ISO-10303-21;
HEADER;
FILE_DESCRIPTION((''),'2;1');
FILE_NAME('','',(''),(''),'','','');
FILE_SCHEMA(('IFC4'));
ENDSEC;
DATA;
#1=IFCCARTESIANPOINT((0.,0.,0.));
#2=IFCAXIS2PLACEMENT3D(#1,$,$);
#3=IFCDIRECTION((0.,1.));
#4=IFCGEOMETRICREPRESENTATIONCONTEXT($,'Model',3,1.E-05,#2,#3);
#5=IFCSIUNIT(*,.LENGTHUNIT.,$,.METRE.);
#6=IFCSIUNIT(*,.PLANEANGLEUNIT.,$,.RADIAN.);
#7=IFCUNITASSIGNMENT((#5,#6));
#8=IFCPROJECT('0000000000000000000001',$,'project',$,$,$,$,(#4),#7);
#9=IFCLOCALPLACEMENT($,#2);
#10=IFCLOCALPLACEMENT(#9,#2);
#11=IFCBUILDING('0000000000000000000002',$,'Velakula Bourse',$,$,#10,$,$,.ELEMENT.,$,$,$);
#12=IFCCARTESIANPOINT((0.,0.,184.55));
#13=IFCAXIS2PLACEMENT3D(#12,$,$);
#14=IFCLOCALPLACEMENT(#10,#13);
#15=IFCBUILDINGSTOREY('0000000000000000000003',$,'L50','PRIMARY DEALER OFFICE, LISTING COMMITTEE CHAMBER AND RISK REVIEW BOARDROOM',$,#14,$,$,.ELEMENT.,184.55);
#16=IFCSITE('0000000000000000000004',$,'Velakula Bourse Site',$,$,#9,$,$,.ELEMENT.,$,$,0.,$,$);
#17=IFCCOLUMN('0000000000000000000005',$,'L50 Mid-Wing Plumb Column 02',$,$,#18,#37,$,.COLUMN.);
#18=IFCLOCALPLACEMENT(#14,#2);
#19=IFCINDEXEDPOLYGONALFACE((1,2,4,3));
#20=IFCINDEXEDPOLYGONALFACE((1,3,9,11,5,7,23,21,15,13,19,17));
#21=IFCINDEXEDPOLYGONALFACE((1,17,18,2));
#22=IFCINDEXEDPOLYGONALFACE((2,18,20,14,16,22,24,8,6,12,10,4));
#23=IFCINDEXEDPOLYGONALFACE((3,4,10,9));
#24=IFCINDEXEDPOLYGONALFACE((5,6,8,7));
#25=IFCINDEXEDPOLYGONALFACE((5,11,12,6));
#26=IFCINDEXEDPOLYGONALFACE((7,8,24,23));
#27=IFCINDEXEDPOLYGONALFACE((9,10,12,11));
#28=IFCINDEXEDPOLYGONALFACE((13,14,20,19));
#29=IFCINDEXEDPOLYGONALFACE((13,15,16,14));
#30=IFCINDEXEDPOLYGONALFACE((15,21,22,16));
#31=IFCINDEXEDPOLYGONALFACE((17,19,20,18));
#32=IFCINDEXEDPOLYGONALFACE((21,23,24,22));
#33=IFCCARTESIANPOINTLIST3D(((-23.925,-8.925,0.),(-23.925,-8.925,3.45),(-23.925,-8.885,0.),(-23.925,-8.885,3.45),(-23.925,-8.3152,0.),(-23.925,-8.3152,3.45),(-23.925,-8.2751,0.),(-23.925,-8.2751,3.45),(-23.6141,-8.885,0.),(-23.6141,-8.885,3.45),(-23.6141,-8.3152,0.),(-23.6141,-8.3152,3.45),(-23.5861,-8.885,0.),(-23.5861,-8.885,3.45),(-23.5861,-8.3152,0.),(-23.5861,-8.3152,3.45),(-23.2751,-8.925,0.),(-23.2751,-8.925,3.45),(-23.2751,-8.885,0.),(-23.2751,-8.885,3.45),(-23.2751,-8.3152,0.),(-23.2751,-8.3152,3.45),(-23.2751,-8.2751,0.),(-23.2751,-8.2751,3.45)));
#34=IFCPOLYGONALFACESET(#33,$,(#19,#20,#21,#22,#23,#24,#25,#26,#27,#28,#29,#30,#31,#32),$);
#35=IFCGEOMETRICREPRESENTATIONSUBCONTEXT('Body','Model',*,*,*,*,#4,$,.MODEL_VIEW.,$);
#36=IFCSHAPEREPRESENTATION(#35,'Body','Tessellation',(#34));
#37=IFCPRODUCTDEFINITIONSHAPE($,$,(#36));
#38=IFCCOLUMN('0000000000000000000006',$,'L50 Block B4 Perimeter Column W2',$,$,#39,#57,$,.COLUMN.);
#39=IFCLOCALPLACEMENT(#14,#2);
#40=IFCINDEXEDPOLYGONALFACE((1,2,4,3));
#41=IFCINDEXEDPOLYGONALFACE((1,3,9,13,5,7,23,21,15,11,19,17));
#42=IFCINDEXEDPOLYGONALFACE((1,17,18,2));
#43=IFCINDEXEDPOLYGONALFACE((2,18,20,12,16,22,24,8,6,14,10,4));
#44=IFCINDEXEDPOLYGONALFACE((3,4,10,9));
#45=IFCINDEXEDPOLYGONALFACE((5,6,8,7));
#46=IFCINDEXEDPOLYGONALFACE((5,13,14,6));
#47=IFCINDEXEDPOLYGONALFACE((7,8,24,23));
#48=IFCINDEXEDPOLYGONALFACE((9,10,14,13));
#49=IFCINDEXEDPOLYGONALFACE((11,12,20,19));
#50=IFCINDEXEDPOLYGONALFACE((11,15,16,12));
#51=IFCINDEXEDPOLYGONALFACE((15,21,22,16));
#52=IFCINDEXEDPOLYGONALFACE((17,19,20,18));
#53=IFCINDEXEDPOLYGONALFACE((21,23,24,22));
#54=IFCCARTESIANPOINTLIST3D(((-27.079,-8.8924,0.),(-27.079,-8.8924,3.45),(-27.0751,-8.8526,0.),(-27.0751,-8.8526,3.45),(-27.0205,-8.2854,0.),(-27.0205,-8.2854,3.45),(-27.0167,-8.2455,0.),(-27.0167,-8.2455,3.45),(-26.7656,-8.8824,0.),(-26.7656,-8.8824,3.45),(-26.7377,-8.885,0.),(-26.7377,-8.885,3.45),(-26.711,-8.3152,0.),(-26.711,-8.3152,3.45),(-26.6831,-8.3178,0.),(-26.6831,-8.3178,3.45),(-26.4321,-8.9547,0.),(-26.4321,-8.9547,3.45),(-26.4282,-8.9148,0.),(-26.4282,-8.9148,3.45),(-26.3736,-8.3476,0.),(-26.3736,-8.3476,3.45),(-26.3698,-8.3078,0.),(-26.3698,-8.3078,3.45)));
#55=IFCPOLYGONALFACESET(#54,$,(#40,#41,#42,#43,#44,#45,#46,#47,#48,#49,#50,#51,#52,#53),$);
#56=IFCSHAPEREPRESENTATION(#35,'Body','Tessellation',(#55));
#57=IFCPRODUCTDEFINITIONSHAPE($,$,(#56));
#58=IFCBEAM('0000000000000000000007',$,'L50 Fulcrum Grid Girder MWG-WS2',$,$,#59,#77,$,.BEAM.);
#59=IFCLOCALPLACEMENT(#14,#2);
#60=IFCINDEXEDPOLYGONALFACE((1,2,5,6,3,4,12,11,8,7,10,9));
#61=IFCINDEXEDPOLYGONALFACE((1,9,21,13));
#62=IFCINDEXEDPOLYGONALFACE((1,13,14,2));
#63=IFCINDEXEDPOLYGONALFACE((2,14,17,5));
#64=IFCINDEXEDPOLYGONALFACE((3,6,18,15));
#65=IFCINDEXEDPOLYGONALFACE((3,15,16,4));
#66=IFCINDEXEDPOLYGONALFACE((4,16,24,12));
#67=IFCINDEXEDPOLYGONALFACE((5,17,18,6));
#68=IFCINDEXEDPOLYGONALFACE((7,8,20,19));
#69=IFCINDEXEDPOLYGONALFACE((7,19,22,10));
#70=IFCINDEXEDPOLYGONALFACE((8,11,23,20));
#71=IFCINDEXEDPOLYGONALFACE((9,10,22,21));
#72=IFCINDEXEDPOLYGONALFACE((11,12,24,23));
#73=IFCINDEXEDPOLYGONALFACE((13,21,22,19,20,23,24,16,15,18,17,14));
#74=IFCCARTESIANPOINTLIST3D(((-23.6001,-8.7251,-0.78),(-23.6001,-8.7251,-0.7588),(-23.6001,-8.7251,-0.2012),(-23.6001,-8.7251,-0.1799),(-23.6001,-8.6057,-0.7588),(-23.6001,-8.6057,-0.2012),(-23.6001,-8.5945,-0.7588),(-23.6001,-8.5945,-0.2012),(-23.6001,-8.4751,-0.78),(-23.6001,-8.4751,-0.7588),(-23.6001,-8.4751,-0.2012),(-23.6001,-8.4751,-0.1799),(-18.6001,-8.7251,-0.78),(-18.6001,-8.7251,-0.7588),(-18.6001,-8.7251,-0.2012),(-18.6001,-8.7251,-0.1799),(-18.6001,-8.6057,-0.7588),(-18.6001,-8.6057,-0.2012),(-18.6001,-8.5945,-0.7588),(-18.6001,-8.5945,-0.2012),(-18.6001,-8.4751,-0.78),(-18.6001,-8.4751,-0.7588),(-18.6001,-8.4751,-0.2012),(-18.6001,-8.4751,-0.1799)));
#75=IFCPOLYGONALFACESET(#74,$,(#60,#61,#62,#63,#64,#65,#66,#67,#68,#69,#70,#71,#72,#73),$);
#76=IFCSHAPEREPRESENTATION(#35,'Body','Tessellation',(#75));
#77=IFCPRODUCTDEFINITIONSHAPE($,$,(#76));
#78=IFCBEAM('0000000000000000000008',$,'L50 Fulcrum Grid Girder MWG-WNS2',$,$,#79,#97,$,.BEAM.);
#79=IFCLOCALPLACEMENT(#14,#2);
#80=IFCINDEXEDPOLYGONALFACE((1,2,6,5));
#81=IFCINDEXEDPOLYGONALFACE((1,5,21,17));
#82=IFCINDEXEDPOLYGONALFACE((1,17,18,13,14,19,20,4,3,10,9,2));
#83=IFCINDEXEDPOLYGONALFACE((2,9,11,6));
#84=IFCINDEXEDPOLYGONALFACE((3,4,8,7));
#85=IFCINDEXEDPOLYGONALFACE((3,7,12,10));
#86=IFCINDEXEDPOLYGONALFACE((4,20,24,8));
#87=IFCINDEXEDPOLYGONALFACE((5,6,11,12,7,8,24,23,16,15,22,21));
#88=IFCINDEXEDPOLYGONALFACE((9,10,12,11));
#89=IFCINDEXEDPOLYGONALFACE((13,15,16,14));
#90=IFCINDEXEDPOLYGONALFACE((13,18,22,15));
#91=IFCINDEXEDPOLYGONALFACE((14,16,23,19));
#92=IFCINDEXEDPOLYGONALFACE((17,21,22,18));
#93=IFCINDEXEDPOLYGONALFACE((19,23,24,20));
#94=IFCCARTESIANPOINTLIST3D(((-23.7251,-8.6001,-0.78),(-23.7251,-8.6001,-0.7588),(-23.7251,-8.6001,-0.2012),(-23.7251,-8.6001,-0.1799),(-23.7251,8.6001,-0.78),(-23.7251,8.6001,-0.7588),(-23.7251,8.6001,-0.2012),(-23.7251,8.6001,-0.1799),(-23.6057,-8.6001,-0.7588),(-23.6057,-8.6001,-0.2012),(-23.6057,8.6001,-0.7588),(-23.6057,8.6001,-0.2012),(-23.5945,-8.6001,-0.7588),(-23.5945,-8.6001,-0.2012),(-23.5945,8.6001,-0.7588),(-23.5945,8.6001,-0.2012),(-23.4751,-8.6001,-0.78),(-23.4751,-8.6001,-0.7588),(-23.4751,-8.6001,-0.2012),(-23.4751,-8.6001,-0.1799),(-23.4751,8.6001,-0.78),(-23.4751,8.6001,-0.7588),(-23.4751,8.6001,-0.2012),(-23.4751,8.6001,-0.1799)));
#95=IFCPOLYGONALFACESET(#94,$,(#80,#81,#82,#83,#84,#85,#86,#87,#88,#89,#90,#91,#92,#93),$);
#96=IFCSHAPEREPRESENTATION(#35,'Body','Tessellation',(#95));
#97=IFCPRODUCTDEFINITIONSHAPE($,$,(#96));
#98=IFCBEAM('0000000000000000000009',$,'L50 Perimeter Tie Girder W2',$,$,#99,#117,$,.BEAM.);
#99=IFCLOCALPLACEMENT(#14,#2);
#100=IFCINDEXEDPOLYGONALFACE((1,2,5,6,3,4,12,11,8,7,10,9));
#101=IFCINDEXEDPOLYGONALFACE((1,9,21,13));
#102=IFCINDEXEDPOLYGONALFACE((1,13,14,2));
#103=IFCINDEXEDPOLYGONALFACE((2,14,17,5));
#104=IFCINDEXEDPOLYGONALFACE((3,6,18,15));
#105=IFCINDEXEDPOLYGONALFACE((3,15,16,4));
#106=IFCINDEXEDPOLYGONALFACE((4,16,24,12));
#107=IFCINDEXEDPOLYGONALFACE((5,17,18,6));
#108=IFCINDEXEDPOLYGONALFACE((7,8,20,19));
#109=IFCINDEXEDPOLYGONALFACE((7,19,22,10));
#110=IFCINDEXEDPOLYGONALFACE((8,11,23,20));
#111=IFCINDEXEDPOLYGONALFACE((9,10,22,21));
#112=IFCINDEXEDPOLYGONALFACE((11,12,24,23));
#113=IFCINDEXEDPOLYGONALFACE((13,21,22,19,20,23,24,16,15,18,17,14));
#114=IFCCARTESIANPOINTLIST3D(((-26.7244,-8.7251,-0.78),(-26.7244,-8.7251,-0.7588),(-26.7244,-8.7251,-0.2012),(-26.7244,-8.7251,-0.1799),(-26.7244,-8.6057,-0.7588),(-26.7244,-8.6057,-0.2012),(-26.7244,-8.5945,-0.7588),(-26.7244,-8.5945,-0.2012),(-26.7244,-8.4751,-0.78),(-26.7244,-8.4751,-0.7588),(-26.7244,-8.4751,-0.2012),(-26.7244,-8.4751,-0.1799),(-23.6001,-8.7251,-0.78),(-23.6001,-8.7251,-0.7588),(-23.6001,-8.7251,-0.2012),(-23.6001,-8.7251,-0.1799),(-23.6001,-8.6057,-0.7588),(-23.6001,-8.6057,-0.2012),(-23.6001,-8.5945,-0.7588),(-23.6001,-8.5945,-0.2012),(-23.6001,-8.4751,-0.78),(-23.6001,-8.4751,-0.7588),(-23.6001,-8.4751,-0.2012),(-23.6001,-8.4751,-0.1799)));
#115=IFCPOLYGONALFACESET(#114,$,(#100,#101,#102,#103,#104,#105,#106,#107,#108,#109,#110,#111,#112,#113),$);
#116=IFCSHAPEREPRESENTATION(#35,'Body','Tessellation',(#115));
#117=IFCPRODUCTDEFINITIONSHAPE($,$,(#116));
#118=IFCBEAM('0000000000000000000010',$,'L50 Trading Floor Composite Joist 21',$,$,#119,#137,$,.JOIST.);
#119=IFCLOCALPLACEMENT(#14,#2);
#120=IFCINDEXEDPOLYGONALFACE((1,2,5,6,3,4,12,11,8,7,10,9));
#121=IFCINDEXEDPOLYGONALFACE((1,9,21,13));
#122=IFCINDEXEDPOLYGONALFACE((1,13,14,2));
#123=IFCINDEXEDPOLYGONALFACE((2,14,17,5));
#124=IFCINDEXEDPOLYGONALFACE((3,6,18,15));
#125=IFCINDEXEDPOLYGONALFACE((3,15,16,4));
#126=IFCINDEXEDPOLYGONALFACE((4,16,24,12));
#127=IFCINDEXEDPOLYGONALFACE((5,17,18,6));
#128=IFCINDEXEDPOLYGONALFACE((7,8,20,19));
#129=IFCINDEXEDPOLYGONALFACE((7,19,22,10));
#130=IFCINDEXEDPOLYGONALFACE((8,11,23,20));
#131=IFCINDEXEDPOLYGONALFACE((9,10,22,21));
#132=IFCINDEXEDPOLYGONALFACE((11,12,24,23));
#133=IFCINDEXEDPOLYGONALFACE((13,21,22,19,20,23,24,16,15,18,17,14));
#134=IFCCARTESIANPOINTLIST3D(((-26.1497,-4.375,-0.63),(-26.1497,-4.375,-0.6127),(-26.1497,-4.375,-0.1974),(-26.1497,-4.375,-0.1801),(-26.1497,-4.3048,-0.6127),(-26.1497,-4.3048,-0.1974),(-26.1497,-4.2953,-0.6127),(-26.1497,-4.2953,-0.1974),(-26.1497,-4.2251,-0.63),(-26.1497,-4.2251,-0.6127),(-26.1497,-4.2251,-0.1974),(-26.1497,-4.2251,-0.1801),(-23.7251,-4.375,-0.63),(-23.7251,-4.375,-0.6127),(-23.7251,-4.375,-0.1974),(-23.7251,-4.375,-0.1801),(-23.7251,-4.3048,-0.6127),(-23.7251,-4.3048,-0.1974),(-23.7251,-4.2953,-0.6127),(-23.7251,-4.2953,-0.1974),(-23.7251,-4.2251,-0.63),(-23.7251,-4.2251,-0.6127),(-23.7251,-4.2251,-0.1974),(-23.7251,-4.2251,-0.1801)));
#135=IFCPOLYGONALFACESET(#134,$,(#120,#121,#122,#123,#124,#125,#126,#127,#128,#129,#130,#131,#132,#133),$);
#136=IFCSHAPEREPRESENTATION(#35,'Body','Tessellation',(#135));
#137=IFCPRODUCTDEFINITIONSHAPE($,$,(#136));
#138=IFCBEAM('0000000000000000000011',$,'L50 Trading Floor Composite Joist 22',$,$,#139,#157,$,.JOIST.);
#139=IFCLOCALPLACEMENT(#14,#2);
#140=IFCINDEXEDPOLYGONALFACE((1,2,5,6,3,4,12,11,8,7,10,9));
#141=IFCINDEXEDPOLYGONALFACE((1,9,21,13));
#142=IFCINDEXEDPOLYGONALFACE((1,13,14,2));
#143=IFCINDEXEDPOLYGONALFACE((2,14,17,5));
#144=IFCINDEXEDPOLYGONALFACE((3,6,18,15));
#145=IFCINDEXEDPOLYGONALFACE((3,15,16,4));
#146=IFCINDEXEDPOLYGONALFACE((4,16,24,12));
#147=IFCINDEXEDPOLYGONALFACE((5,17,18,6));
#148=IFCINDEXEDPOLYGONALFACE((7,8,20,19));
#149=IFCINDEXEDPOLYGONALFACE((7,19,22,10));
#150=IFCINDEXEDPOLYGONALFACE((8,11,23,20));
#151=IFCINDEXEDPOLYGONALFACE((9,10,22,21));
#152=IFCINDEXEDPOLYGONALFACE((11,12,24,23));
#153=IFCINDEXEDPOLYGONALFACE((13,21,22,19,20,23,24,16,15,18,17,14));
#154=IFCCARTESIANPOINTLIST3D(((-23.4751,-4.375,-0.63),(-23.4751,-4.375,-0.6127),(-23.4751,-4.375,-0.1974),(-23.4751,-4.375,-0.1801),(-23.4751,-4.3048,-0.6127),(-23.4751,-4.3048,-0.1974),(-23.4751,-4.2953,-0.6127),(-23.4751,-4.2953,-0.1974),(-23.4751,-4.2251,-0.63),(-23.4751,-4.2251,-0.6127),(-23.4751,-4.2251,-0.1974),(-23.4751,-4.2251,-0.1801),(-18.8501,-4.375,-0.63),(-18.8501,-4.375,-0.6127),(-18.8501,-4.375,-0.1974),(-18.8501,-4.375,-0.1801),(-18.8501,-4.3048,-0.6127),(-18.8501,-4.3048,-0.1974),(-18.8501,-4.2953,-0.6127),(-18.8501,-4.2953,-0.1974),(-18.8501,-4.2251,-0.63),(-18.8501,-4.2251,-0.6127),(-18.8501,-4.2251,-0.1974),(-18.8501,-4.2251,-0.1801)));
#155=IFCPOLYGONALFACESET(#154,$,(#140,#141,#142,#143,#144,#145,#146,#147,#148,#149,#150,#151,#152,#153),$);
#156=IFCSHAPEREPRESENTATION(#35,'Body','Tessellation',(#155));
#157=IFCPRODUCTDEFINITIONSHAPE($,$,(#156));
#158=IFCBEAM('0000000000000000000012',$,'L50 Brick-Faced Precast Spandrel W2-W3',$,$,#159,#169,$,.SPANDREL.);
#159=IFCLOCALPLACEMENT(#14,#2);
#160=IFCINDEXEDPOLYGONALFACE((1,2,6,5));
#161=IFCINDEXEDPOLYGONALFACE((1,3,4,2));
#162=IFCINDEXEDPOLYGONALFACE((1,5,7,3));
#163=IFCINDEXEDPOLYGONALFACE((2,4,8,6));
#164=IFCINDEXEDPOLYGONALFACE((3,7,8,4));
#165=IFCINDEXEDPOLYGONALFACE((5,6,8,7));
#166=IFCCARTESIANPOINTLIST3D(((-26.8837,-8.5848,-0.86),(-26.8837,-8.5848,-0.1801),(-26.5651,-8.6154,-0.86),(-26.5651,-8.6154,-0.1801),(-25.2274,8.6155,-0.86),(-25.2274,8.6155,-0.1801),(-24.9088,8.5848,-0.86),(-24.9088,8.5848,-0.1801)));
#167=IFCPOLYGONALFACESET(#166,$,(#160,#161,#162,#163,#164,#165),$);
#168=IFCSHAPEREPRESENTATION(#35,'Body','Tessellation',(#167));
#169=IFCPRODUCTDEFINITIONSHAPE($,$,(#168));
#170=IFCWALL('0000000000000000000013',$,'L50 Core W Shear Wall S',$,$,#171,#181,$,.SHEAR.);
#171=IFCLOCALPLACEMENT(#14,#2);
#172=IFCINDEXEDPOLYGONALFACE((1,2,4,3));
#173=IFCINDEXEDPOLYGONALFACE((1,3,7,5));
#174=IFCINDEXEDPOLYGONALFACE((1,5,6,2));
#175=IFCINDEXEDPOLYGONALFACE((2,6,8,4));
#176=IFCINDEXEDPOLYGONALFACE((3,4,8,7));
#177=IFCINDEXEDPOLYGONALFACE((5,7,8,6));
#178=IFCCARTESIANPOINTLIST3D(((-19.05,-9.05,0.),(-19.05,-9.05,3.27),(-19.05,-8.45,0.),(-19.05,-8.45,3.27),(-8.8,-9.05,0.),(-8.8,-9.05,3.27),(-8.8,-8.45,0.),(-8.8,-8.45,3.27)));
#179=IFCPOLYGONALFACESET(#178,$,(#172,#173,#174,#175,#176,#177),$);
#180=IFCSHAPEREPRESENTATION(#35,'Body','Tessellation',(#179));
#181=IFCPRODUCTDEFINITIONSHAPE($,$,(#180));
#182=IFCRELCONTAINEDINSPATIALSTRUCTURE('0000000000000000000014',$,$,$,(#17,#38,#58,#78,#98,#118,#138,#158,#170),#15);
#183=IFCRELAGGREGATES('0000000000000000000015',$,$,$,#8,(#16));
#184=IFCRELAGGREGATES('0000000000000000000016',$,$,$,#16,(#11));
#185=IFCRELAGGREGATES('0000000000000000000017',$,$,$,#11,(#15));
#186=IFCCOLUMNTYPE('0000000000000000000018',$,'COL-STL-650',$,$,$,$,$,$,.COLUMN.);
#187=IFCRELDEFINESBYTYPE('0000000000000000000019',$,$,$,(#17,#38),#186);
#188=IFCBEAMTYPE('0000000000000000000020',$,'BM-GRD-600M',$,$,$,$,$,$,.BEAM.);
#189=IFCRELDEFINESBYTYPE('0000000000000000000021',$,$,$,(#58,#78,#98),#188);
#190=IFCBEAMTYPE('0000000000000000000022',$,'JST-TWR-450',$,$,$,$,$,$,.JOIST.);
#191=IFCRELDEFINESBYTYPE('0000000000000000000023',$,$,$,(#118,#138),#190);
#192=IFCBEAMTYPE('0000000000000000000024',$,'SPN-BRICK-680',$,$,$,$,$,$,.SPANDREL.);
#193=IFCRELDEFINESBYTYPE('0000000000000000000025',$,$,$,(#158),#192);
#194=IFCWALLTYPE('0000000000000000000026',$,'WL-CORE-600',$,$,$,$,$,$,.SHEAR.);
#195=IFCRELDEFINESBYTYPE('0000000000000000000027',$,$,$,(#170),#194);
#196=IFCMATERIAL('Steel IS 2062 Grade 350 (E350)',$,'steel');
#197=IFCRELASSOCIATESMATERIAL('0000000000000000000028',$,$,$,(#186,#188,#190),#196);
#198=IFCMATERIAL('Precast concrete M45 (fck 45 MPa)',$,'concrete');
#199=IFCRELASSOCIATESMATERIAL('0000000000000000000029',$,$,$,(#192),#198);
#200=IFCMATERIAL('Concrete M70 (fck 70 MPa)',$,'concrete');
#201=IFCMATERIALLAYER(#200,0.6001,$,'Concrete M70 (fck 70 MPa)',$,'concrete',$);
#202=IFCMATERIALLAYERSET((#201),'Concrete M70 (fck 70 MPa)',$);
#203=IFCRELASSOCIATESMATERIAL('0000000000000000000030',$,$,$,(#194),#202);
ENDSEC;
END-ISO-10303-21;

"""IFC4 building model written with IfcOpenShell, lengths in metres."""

from ifc_helpers import new_model, si_unit, direction, frame, frame_2d, origin, origin_2d, place, context, subcontext, project, spatial, rectangle, i_section, extrude, material, layer, layer_set, material_profile, profile_set, type_object, element, save


model = new_model("IFC4")

# Units and contexts
model_context = context("Model", 3, precision=1e-05, world=origin(), true_north=direction((0.0, 1.0)))
body_context = subcontext(model_context, "Body", "Model", "MODEL_VIEW")
ifc_project = project(units=[si_unit("LENGTHUNIT", "METRE"), si_unit("PLANEANGLEUNIT", "RADIAN")], contexts=[model_context])

# Site, building, storey
site_placement = place(None, origin())
site = spatial("IfcSite", under=ifc_project, at=site_placement, Name="Velakula Bourse Site", CompositionType="ELEMENT", RefElevation=0.0)
building_placement = place(site_placement, origin())
building = spatial("IfcBuilding", under=site, at=building_placement, Name="Velakula Bourse", CompositionType="ELEMENT")
storey_placement = place(building_placement, frame((0.0, 0.0, 184.55)))
storey = spatial("IfcBuildingStorey", under=building, at=storey_placement, Name="L50", Description="PRIMARY DEALER OFFICE, LISTING COMMITTEE CHAMBER AND RISK REVIEW BOARDROOM", CompositionType="ELEMENT", Elevation=184.55)

# Columns
ifc_material_1 = material(Name="Steel IS 2062 Grade 350 (E350)", Category="steel")
ifc_material_profile_1 = material_profile(ifc_material_1, i_section(OverallWidth=0.6499, OverallDepth=0.6499, WebThickness=0.0281, FlangeThickness=0.04, at=origin_2d()), Name="Steel IS 2062 Grade 350 (E350)")
ifc_profile_set_1 = profile_set([ifc_material_profile_1], Name="Steel IS 2062 Grade 350 (E350)")
column_type = type_object("IfcColumnType", Name="COL-STL-650", PredefinedType="COLUMN", material=ifc_profile_set_1)
for number, where, z_axis, x_axis, name in (
    (1, (-23.6001, -8.6001, 0.0), (0.0, 0.0, 1.0), (1.0, 0.0, 0.0), "L50 Mid-Wing Plumb Column 02"),
    (2, (-26.7244, -8.6001, 0.0), (0.0, 0.0, 1.0), (0.995396, -0.095846, 0.0), "L50 Block B4 Perimeter Column W2"),
):
    element("IfcColumn", number, at=place(storey_placement, frame(where, z_axis=z_axis, x_axis=x_axis)), inside=storey, type_object=column_type, Name=name, PredefinedType="COLUMN", context=body_context, shape_type="SweptSolid", body=[
        extrude(i_section(OverallWidth=0.6499, OverallDepth=0.6499, WebThickness=0.0281, FlangeThickness=0.04, at=origin_2d()), origin(), (0.0, 0.0, 1.0), 3.45),
    ])

# Beams
ifc_material_profile_2 = material_profile(ifc_material_1, i_section(OverallWidth=0.25, OverallDepth=0.6001, WebThickness=0.0112, FlangeThickness=0.0212, at=origin_2d()), Name="Steel IS 2062 Grade 350 (E350)")
ifc_profile_set_2 = profile_set([ifc_material_profile_2], Name="Steel IS 2062 Grade 350 (E350)")
beam_type_1 = type_object("IfcBeamType", Name="BM-GRD-600M", PredefinedType="BEAM", material=ifc_profile_set_2)
beam_1_placement = place(storey_placement, frame((-23.6001, -8.6001, -0.48), z_axis=(1.0, 0.0, 0.0), x_axis=(0.0, 1.0, 0.0)))
element("IfcBeam", 3, at=beam_1_placement, inside=storey, type_object=beam_type_1, Name="L50 Fulcrum Grid Girder MWG-WS2", PredefinedType="BEAM", context=body_context, shape_type="SweptSolid", body=[
    extrude(i_section(OverallWidth=0.25, OverallDepth=0.6001, WebThickness=0.0112, FlangeThickness=0.0212, at=origin_2d()), origin(), (0.0, 0.0, 1.0), 5.0),
])
beam_2_placement = place(storey_placement, frame((-23.6001, -8.6001, -0.48), z_axis=(0.0, 1.0, 0.0), x_axis=(-1.0, 0.0, 0.0)))
element("IfcBeam", 4, at=beam_2_placement, inside=storey, type_object=beam_type_1, Name="L50 Fulcrum Grid Girder MWG-WNS2", PredefinedType="BEAM", context=body_context, shape_type="SweptSolid", body=[
    extrude(i_section(OverallWidth=0.25, OverallDepth=0.6001, WebThickness=0.0112, FlangeThickness=0.0212, at=origin_2d()), origin(), (0.0, 0.0, 1.0), 17.2002),
])
beam_3_placement = place(storey_placement, frame((-23.6001, -8.6001, -0.48), z_axis=(-1.0, 0.0, 0.0), x_axis=(0.0, -1.0, 0.0)))
element("IfcBeam", 5, at=beam_3_placement, inside=storey, type_object=beam_type_1, Name="L50 Perimeter Tie Girder W2", PredefinedType="BEAM", context=body_context, shape_type="SweptSolid", body=[
    extrude(i_section(OverallWidth=0.25, OverallDepth=0.6001, WebThickness=0.0112, FlangeThickness=0.0212, at=origin_2d()), origin(), (0.0, 0.0, 1.0), 3.1243),
])
ifc_material_profile_3 = material_profile(ifc_material_1, i_section(OverallWidth=0.1499, OverallDepth=0.45, WebThickness=0.0095, FlangeThickness=0.0173, at=origin_2d()), Name="Steel IS 2062 Grade 350 (E350)")
ifc_profile_set_3 = profile_set([ifc_material_profile_3], Name="Steel IS 2062 Grade 350 (E350)")
beam_type_2 = type_object("IfcBeamType", Name="JST-TWR-450", PredefinedType="JOIST", material=ifc_profile_set_3)
beam_4_placement = place(storey_placement, frame((-26.1497, -4.3, -0.405), z_axis=(1.0, 0.0, 0.0), x_axis=(0.0, 1.0, 0.0)))
element("IfcBeam", 6, at=beam_4_placement, inside=storey, type_object=beam_type_2, Name="L50 Trading Floor Composite Joist 21", PredefinedType="JOIST", context=body_context, shape_type="SweptSolid", body=[
    extrude(i_section(OverallWidth=0.1499, OverallDepth=0.45, WebThickness=0.0095, FlangeThickness=0.0173, at=origin_2d()), origin(), (0.0, 0.0, 1.0), 2.4246),
])
beam_5_placement = place(storey_placement, frame((-23.4751, -4.3, -0.405), z_axis=(1.0, 0.0, 0.0), x_axis=(0.0, 1.0, 0.0)))
element("IfcBeam", 7, at=beam_5_placement, inside=storey, type_object=beam_type_2, Name="L50 Trading Floor Composite Joist 22", PredefinedType="JOIST", context=body_context, shape_type="SweptSolid", body=[
    extrude(i_section(OverallWidth=0.1499, OverallDepth=0.45, WebThickness=0.0095, FlangeThickness=0.0173, at=origin_2d()), origin(), (0.0, 0.0, 1.0), 4.625),
])
ifc_material_2 = material(Name="Precast concrete M45 (fck 45 MPa)", Category="concrete")
ifc_material_profile_4 = material_profile(ifc_material_2, rectangle(XDim=0.3201, YDim=0.6799, at=origin_2d()), Name="Precast concrete M45 (fck 45 MPa)")
ifc_profile_set_4 = profile_set([ifc_material_profile_4], Name="Precast concrete M45 (fck 45 MPa)")
beam_type_3 = type_object("IfcBeamType", Name="SPN-BRICK-680", PredefinedType="SPANDREL", material=ifc_profile_set_4)
beam_6_placement = place(storey_placement, frame((-26.7244, -8.6001, -0.52), z_axis=(0.095849, 0.995396, 0.0), x_axis=(-0.995396, 0.095849, 0.0)))
element("IfcBeam", 8, at=beam_6_placement, inside=storey, type_object=beam_type_3, Name="L50 Brick-Faced Precast Spandrel W2-W3", PredefinedType="SPANDREL", context=body_context, shape_type="SweptSolid", body=[
    extrude(rectangle(XDim=0.3201, YDim=0.6799, at=origin_2d()), origin(), (0.0, 0.0, 1.0), 17.2798),
])

# Wall
ifc_material_3 = material(Name="Concrete M70 (fck 70 MPa)", Category="concrete")
ifc_layer = layer(ifc_material_3, 0.6001, Name="Concrete M70 (fck 70 MPa)", Category="concrete")
ifc_layer_set = layer_set([ifc_layer], Name="Concrete M70 (fck 70 MPa)")
wall_type = type_object("IfcWallType", Name="WL-CORE-600", PredefinedType="SHEAR", material=ifc_layer_set)
wall_1_placement = place(storey_placement, frame((-19.05, -8.75, 0.0), z_axis=(0.0, 0.0, 1.0), x_axis=(1.0, 0.0, 0.0)))
element("IfcWall", 9, at=wall_1_placement, inside=storey, type_object=wall_type, Name="L50 Core W Shear Wall S", PredefinedType="SHEAR", context=body_context, shape_type="SweptSolid", body=[
    extrude(rectangle(XDim=10.25, YDim=0.6001, at=frame_2d((5.125, 0.0))), origin(), (0.0, 0.0, 1.0), 3.27),
])

save(model, "model.ifc")
